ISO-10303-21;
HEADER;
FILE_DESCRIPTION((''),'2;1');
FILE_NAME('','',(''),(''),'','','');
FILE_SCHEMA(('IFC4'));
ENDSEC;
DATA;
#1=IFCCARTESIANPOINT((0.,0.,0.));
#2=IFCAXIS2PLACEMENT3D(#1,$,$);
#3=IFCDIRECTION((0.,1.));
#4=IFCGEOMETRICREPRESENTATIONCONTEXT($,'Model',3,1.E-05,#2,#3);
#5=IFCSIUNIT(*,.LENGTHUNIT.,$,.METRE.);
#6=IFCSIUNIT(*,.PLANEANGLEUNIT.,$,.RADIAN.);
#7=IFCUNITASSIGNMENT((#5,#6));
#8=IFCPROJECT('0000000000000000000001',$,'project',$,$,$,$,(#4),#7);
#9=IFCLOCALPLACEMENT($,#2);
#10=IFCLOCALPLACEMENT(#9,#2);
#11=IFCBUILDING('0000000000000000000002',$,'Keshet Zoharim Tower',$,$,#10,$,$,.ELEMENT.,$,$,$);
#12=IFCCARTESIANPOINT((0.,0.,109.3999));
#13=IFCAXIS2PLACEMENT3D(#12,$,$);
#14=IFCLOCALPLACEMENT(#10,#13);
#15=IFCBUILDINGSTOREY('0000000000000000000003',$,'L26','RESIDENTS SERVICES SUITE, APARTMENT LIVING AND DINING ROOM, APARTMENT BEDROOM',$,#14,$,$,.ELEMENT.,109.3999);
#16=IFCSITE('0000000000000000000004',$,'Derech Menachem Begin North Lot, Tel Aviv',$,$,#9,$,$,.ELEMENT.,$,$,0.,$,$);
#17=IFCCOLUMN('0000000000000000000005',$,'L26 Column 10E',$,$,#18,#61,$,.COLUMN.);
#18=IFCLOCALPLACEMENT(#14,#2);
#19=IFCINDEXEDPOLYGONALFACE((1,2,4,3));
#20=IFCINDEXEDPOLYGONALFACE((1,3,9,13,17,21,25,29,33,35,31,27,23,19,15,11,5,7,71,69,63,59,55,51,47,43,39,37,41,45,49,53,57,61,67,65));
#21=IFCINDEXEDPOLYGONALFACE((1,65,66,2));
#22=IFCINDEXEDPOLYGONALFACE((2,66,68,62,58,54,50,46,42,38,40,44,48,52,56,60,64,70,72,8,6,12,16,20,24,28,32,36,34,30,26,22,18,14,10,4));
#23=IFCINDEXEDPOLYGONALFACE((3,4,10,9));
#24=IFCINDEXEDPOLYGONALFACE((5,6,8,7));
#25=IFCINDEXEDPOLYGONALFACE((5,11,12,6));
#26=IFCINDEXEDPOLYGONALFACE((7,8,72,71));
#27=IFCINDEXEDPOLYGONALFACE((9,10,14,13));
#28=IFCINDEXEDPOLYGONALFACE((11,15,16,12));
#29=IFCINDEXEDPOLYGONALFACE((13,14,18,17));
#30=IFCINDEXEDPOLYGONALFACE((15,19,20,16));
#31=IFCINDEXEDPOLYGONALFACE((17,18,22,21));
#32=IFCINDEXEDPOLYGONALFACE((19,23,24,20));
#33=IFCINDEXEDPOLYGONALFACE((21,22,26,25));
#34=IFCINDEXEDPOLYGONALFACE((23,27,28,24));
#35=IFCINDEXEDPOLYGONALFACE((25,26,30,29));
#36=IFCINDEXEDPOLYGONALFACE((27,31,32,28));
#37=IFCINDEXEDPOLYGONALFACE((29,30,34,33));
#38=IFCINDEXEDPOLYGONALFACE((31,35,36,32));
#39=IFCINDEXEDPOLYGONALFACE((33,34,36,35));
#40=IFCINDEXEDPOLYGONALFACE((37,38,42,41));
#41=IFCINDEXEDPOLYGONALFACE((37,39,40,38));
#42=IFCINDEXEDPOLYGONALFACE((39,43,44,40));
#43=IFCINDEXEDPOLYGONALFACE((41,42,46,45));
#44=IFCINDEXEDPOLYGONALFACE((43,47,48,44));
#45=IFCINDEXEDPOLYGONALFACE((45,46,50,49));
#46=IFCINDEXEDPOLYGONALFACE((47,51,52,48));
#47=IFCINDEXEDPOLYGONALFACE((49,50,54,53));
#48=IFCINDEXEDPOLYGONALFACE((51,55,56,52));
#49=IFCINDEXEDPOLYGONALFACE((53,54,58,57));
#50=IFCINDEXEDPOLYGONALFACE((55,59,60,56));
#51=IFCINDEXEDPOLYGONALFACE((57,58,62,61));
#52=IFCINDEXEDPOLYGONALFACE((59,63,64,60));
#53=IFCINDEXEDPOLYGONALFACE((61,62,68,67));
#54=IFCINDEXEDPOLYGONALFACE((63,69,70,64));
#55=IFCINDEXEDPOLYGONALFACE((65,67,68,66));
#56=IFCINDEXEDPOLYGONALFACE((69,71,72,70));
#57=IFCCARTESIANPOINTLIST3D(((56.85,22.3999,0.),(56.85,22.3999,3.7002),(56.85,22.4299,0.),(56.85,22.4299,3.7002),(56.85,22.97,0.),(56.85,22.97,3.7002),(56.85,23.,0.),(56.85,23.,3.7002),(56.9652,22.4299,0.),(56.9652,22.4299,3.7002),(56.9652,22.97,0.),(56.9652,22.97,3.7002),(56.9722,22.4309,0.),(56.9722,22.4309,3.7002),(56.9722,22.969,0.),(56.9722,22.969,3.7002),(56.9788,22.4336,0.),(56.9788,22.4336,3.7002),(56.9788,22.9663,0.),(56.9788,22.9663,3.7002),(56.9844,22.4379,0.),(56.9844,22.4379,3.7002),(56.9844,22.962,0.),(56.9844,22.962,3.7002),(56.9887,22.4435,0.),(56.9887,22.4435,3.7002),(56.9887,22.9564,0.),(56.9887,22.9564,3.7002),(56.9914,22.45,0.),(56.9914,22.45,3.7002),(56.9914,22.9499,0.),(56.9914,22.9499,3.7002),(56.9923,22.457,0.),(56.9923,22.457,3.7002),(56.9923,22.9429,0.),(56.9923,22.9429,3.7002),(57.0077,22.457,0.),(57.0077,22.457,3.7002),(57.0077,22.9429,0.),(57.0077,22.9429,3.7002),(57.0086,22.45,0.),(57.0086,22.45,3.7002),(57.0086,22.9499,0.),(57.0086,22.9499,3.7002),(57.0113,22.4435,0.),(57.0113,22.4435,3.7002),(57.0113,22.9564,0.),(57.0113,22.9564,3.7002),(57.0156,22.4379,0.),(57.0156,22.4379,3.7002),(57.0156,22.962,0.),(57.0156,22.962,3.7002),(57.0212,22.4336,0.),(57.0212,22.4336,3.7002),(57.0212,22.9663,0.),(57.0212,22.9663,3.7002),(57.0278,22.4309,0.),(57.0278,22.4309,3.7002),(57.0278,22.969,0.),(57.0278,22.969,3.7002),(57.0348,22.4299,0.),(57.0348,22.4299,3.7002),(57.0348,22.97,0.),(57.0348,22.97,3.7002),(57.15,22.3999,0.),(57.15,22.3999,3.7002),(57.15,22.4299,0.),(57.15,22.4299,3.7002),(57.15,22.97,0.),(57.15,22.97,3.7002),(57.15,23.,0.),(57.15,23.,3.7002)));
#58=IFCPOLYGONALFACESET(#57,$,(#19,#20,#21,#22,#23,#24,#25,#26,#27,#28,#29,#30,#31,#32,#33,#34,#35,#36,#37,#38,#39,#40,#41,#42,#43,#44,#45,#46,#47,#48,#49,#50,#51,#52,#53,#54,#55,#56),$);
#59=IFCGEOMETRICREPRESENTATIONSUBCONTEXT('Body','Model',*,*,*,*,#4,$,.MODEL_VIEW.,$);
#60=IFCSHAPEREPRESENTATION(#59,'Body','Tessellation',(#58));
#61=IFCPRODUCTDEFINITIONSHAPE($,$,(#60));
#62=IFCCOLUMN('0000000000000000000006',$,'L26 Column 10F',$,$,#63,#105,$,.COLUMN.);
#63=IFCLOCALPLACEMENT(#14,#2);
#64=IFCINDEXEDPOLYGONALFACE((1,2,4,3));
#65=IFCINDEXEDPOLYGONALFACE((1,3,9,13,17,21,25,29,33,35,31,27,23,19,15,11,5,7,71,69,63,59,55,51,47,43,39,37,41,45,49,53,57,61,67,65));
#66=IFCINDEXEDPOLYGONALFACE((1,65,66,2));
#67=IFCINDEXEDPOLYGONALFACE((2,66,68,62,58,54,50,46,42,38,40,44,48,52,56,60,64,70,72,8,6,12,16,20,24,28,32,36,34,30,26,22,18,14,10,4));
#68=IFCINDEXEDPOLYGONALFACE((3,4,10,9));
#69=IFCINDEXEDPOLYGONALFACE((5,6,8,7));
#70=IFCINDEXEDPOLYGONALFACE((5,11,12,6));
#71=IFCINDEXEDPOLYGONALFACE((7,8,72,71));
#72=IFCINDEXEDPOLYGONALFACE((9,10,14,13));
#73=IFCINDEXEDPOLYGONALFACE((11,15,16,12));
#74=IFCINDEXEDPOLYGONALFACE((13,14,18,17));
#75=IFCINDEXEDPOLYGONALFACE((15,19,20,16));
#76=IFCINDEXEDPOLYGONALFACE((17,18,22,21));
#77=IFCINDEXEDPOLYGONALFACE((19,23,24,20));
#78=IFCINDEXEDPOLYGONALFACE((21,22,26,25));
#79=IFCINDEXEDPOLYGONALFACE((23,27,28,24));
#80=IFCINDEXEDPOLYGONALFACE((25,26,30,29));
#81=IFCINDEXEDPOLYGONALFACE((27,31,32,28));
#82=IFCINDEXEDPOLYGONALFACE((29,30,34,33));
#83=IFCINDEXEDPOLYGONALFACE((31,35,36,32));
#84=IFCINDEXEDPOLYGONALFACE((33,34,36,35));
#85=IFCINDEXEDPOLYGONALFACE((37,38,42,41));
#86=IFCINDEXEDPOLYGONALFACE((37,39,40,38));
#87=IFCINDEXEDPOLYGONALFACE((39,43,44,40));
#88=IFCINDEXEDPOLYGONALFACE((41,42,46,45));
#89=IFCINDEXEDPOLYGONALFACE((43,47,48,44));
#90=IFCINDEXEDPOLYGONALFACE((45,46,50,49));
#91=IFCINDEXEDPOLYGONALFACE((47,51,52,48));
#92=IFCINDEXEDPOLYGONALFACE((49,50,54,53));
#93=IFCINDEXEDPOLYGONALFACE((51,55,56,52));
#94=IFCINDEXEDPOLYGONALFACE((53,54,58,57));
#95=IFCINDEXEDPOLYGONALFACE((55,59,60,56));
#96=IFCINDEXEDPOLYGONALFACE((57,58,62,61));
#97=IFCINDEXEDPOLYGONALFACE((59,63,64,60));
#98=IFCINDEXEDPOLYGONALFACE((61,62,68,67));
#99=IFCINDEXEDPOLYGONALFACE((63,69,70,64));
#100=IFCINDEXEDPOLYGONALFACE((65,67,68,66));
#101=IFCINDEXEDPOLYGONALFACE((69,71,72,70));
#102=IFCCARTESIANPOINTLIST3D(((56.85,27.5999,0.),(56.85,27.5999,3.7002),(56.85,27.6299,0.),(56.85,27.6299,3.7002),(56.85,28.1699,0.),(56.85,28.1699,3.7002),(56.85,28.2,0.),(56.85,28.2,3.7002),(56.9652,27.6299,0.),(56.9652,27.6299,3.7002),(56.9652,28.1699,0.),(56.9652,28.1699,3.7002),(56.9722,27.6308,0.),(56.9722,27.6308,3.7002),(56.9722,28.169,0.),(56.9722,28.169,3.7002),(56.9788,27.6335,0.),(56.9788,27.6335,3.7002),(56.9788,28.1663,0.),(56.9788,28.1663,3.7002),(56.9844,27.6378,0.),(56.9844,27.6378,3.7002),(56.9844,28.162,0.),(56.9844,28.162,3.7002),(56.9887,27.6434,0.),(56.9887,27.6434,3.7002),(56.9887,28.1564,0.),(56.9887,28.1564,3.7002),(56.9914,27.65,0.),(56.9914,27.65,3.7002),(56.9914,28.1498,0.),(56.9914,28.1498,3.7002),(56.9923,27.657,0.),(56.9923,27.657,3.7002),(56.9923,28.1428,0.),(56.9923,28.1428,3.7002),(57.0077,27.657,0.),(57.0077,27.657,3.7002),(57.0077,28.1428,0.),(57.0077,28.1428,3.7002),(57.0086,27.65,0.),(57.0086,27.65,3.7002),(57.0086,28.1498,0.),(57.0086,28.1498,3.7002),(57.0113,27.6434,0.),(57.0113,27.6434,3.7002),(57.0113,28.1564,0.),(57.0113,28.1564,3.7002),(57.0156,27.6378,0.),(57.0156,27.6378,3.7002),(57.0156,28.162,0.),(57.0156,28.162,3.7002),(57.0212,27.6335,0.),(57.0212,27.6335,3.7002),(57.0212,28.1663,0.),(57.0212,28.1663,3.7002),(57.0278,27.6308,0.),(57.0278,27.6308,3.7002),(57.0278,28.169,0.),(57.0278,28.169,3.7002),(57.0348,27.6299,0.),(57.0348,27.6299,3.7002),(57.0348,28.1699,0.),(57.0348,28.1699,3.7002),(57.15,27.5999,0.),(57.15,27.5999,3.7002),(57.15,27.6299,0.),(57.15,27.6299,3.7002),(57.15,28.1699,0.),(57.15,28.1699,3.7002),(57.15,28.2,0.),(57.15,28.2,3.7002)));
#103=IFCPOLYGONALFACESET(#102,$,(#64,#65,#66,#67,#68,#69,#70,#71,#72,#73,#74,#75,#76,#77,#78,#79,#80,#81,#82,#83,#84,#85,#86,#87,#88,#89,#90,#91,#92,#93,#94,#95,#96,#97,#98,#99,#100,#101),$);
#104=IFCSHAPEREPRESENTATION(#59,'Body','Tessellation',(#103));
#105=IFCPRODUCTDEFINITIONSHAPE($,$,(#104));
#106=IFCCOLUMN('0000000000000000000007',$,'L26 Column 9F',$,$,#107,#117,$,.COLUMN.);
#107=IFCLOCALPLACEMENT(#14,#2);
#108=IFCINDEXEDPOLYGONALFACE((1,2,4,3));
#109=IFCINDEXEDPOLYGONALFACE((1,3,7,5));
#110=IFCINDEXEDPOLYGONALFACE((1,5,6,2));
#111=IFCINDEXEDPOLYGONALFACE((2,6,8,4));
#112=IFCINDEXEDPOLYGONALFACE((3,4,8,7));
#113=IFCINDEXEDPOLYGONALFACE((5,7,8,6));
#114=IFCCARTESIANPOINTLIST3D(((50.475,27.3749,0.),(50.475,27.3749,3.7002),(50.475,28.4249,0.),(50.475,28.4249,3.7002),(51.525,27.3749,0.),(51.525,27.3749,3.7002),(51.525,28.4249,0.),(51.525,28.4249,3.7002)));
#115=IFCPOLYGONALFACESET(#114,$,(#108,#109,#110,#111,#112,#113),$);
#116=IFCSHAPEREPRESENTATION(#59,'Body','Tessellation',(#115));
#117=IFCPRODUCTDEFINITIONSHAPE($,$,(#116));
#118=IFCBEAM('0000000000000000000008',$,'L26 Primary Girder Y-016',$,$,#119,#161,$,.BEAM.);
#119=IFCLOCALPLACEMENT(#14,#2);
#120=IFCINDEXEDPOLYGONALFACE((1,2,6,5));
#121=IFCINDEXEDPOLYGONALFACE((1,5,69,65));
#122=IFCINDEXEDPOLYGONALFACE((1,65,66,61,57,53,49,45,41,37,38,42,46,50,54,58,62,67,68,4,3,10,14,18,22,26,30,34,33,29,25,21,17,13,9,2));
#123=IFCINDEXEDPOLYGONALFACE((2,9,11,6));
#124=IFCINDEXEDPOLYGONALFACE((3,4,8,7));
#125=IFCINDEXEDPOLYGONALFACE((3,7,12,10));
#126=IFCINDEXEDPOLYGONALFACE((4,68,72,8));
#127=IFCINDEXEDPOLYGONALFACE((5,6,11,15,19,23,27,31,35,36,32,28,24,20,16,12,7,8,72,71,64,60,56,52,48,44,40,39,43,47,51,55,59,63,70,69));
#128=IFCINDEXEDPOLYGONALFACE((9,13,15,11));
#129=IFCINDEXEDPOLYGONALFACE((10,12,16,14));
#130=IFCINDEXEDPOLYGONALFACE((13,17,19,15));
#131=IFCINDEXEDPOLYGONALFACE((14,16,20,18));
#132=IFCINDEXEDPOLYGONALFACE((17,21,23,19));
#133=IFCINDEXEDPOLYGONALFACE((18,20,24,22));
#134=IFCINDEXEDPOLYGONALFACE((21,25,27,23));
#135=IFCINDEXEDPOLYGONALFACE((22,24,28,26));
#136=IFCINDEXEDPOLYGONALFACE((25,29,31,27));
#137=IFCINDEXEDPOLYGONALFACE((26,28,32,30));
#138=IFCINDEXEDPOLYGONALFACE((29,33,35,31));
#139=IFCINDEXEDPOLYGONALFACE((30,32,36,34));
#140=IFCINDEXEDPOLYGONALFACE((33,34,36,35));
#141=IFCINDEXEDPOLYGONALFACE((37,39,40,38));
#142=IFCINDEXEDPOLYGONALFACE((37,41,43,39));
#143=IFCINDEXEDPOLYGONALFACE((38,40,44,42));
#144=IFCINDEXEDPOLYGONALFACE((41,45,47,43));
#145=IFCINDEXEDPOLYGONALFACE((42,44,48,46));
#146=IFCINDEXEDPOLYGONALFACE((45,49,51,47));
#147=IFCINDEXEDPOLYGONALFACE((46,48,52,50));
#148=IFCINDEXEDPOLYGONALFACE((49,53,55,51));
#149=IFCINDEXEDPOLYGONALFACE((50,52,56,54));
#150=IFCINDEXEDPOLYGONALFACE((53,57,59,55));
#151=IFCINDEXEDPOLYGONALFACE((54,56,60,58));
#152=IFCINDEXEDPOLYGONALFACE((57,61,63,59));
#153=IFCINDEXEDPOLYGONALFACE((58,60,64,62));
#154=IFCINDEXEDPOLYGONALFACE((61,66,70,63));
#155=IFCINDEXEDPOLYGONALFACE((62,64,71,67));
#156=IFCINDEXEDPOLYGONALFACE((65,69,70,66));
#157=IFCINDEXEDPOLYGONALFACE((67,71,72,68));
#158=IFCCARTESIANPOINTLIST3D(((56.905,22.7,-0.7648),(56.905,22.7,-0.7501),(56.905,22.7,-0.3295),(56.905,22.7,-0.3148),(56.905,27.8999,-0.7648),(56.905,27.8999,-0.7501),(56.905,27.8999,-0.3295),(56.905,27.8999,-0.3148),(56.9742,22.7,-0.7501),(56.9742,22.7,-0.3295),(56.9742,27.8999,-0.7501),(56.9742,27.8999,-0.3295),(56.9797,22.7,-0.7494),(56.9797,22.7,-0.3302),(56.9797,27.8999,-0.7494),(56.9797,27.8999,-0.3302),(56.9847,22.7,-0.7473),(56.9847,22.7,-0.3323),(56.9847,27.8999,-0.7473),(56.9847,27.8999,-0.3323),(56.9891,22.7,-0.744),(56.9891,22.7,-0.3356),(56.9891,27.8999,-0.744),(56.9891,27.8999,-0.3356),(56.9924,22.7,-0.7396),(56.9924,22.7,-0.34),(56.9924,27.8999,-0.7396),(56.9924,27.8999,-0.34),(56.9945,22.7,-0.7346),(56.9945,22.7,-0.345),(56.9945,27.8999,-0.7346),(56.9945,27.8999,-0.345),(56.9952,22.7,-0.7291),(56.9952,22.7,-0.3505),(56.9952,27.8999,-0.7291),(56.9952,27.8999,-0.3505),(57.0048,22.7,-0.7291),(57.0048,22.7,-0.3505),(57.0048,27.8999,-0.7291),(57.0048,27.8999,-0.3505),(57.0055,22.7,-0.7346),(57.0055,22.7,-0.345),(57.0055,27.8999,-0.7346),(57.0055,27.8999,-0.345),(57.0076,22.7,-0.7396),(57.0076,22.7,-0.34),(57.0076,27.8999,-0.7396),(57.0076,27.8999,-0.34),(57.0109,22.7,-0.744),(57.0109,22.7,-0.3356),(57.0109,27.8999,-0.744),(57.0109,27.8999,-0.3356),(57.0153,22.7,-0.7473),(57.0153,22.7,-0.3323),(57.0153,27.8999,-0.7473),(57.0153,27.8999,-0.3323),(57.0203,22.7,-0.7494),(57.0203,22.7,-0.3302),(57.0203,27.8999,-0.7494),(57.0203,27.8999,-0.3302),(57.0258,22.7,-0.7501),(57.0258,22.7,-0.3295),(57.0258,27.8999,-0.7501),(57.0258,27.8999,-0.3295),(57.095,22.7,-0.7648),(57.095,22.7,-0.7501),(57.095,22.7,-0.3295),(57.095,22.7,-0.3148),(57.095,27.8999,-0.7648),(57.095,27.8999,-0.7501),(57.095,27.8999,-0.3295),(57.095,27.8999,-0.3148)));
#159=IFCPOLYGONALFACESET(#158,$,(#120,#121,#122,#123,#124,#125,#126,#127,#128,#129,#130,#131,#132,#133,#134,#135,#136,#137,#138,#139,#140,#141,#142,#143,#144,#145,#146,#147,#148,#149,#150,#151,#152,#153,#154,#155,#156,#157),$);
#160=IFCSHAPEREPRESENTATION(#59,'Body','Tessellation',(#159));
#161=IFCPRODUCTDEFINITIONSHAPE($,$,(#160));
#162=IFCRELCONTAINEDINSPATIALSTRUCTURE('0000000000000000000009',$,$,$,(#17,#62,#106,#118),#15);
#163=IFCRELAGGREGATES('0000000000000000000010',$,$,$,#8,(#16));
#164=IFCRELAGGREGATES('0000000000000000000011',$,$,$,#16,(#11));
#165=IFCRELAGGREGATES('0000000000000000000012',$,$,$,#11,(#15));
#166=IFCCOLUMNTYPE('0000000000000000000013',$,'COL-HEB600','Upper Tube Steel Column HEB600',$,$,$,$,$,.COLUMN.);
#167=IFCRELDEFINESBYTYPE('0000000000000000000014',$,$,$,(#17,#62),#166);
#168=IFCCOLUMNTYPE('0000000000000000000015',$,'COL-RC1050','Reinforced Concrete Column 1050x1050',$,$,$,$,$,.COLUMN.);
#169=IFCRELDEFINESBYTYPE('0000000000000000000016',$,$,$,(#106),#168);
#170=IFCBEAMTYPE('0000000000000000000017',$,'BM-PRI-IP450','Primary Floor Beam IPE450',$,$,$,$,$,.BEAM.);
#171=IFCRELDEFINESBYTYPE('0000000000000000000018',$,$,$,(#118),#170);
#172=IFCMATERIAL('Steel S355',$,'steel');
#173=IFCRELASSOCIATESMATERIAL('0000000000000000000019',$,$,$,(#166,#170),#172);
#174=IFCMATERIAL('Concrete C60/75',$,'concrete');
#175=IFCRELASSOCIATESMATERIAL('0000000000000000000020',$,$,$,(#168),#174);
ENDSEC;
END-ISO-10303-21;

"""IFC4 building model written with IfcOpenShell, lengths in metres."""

from ifc_helpers import new_model, si_unit, direction, frame, origin, origin_2d, place, context, subcontext, project, spatial, rectangle, i_section, extrude, material, material_profile, profile_set, type_object, element, save


model = new_model("IFC4")

# Units and contexts
model_context = context("Model", 3, precision=1e-05, world=origin(), true_north=direction((0.0, 1.0)))
body_context = subcontext(model_context, "Body", "Model", "MODEL_VIEW")
ifc_project = project(units=[si_unit("LENGTHUNIT", "METRE"), si_unit("PLANEANGLEUNIT", "RADIAN")], contexts=[model_context])

# Site, building, storey
site_placement = place(None, origin())
site = spatial("IfcSite", under=ifc_project, at=site_placement, Name="Derech Menachem Begin North Lot, Tel Aviv", CompositionType="ELEMENT", RefElevation=0.0)
building_placement = place(site_placement, origin())
building = spatial("IfcBuilding", under=site, at=building_placement, Name="Keshet Zoharim Tower", CompositionType="ELEMENT")
storey_placement = place(building_placement, frame((0.0, 0.0, 109.3999)))
storey = spatial("IfcBuildingStorey", under=building, at=storey_placement, Name="L26", Description="RESIDENTS SERVICES SUITE, APARTMENT LIVING AND DINING ROOM, APARTMENT BEDROOM", CompositionType="ELEMENT", Elevation=109.3999)

# Columns
ifc_material_1 = material(Name="Steel S355", Category="steel")
ifc_material_profile_1 = material_profile(ifc_material_1, i_section(OverallWidth=0.3, OverallDepth=0.6001, WebThickness=0.0154, FlangeThickness=0.03, FilletRadius=0.0271, at=origin_2d()), Name="HEB600")
ifc_profile_set_1 = profile_set([ifc_material_profile_1], Name="Steel S355")
column_type_1 = type_object("IfcColumnType", Name="COL-HEB600", Description="Upper Tube Steel Column HEB600", PredefinedType="COLUMN", material=ifc_profile_set_1)
for number, where, z_axis, x_axis, name in (
    (1, (57.0, 22.7, 0.0), (0.0, 0.0, 1.0), (1.0, 0.0, 0.0), "L26 Column 10E"),
    (2, (57.0, 27.8999, 0.0), (0.0, 0.0, 1.0), (1.0, 0.0, 0.0), "L26 Column 10F"),
):
    element("IfcColumn", number, at=place(storey_placement, frame(where, z_axis=z_axis, x_axis=x_axis)), inside=storey, type_object=column_type_1, Name=name, PredefinedType="COLUMN", context=body_context, shape_type="SweptSolid", body=[
        extrude(i_section(OverallWidth=0.3, OverallDepth=0.6001, WebThickness=0.0154, FlangeThickness=0.03, FilletRadius=0.0271, at=origin_2d()), origin(), (0.0, 0.0, 1.0), 3.7002),
    ])
ifc_material_2 = material(Name="Concrete C60/75", Category="concrete")
ifc_material_profile_2 = material_profile(ifc_material_2, rectangle(XDim=1.05, YDim=1.05, at=origin_2d()), Name="RC1050x1050")
ifc_profile_set_2 = profile_set([ifc_material_profile_2], Name="Concrete C60/75")
column_type_2 = type_object("IfcColumnType", Name="COL-RC1050", Description="Reinforced Concrete Column 1050x1050", PredefinedType="COLUMN", material=ifc_profile_set_2)
column_placement = place(storey_placement, frame((51.0, 27.8999, 0.0), z_axis=(0.0, 0.0, 1.0), x_axis=(1.0, 0.0, 0.0)))
element("IfcColumn", 3, at=column_placement, inside=storey, type_object=column_type_2, Name="L26 Column 9F", PredefinedType="COLUMN", context=body_context, shape_type="SweptSolid", body=[
    extrude(rectangle(XDim=1.05, YDim=1.05, at=origin_2d()), origin(), (0.0, 0.0, 1.0), 3.7002),
])

# Beam
ifc_material_profile_3 = material_profile(ifc_material_1, i_section(OverallWidth=0.1899, OverallDepth=0.45, WebThickness=0.0095, FlangeThickness=0.0146, FilletRadius=0.021, at=origin_2d()), Name="IPE450")
ifc_profile_set_3 = profile_set([ifc_material_profile_3], Name="Steel S355")
beam_type_1 = type_object("IfcBeamType", Name="BM-PRI-IP450", Description="Primary Floor Beam IPE450", PredefinedType="BEAM", material=ifc_profile_set_3)
beam_1_placement = place(storey_placement, frame((57.0, 22.7, -0.5398), z_axis=(0.0, 1.0, 0.0), x_axis=(-1.0, 0.0, 0.0)))
element("IfcBeam", 4, at=beam_1_placement, inside=storey, type_object=beam_type_1, Name="L26 Primary Girder Y-016", PredefinedType="BEAM", context=body_context, shape_type="SweptSolid", body=[
    extrude(i_section(OverallWidth=0.1899, OverallDepth=0.45, WebThickness=0.0095, FlangeThickness=0.0146, FilletRadius=0.021, at=origin_2d()), origin(), (0.0, 0.0, 1.0), 5.2),
])

save(model, "model.ifc")
